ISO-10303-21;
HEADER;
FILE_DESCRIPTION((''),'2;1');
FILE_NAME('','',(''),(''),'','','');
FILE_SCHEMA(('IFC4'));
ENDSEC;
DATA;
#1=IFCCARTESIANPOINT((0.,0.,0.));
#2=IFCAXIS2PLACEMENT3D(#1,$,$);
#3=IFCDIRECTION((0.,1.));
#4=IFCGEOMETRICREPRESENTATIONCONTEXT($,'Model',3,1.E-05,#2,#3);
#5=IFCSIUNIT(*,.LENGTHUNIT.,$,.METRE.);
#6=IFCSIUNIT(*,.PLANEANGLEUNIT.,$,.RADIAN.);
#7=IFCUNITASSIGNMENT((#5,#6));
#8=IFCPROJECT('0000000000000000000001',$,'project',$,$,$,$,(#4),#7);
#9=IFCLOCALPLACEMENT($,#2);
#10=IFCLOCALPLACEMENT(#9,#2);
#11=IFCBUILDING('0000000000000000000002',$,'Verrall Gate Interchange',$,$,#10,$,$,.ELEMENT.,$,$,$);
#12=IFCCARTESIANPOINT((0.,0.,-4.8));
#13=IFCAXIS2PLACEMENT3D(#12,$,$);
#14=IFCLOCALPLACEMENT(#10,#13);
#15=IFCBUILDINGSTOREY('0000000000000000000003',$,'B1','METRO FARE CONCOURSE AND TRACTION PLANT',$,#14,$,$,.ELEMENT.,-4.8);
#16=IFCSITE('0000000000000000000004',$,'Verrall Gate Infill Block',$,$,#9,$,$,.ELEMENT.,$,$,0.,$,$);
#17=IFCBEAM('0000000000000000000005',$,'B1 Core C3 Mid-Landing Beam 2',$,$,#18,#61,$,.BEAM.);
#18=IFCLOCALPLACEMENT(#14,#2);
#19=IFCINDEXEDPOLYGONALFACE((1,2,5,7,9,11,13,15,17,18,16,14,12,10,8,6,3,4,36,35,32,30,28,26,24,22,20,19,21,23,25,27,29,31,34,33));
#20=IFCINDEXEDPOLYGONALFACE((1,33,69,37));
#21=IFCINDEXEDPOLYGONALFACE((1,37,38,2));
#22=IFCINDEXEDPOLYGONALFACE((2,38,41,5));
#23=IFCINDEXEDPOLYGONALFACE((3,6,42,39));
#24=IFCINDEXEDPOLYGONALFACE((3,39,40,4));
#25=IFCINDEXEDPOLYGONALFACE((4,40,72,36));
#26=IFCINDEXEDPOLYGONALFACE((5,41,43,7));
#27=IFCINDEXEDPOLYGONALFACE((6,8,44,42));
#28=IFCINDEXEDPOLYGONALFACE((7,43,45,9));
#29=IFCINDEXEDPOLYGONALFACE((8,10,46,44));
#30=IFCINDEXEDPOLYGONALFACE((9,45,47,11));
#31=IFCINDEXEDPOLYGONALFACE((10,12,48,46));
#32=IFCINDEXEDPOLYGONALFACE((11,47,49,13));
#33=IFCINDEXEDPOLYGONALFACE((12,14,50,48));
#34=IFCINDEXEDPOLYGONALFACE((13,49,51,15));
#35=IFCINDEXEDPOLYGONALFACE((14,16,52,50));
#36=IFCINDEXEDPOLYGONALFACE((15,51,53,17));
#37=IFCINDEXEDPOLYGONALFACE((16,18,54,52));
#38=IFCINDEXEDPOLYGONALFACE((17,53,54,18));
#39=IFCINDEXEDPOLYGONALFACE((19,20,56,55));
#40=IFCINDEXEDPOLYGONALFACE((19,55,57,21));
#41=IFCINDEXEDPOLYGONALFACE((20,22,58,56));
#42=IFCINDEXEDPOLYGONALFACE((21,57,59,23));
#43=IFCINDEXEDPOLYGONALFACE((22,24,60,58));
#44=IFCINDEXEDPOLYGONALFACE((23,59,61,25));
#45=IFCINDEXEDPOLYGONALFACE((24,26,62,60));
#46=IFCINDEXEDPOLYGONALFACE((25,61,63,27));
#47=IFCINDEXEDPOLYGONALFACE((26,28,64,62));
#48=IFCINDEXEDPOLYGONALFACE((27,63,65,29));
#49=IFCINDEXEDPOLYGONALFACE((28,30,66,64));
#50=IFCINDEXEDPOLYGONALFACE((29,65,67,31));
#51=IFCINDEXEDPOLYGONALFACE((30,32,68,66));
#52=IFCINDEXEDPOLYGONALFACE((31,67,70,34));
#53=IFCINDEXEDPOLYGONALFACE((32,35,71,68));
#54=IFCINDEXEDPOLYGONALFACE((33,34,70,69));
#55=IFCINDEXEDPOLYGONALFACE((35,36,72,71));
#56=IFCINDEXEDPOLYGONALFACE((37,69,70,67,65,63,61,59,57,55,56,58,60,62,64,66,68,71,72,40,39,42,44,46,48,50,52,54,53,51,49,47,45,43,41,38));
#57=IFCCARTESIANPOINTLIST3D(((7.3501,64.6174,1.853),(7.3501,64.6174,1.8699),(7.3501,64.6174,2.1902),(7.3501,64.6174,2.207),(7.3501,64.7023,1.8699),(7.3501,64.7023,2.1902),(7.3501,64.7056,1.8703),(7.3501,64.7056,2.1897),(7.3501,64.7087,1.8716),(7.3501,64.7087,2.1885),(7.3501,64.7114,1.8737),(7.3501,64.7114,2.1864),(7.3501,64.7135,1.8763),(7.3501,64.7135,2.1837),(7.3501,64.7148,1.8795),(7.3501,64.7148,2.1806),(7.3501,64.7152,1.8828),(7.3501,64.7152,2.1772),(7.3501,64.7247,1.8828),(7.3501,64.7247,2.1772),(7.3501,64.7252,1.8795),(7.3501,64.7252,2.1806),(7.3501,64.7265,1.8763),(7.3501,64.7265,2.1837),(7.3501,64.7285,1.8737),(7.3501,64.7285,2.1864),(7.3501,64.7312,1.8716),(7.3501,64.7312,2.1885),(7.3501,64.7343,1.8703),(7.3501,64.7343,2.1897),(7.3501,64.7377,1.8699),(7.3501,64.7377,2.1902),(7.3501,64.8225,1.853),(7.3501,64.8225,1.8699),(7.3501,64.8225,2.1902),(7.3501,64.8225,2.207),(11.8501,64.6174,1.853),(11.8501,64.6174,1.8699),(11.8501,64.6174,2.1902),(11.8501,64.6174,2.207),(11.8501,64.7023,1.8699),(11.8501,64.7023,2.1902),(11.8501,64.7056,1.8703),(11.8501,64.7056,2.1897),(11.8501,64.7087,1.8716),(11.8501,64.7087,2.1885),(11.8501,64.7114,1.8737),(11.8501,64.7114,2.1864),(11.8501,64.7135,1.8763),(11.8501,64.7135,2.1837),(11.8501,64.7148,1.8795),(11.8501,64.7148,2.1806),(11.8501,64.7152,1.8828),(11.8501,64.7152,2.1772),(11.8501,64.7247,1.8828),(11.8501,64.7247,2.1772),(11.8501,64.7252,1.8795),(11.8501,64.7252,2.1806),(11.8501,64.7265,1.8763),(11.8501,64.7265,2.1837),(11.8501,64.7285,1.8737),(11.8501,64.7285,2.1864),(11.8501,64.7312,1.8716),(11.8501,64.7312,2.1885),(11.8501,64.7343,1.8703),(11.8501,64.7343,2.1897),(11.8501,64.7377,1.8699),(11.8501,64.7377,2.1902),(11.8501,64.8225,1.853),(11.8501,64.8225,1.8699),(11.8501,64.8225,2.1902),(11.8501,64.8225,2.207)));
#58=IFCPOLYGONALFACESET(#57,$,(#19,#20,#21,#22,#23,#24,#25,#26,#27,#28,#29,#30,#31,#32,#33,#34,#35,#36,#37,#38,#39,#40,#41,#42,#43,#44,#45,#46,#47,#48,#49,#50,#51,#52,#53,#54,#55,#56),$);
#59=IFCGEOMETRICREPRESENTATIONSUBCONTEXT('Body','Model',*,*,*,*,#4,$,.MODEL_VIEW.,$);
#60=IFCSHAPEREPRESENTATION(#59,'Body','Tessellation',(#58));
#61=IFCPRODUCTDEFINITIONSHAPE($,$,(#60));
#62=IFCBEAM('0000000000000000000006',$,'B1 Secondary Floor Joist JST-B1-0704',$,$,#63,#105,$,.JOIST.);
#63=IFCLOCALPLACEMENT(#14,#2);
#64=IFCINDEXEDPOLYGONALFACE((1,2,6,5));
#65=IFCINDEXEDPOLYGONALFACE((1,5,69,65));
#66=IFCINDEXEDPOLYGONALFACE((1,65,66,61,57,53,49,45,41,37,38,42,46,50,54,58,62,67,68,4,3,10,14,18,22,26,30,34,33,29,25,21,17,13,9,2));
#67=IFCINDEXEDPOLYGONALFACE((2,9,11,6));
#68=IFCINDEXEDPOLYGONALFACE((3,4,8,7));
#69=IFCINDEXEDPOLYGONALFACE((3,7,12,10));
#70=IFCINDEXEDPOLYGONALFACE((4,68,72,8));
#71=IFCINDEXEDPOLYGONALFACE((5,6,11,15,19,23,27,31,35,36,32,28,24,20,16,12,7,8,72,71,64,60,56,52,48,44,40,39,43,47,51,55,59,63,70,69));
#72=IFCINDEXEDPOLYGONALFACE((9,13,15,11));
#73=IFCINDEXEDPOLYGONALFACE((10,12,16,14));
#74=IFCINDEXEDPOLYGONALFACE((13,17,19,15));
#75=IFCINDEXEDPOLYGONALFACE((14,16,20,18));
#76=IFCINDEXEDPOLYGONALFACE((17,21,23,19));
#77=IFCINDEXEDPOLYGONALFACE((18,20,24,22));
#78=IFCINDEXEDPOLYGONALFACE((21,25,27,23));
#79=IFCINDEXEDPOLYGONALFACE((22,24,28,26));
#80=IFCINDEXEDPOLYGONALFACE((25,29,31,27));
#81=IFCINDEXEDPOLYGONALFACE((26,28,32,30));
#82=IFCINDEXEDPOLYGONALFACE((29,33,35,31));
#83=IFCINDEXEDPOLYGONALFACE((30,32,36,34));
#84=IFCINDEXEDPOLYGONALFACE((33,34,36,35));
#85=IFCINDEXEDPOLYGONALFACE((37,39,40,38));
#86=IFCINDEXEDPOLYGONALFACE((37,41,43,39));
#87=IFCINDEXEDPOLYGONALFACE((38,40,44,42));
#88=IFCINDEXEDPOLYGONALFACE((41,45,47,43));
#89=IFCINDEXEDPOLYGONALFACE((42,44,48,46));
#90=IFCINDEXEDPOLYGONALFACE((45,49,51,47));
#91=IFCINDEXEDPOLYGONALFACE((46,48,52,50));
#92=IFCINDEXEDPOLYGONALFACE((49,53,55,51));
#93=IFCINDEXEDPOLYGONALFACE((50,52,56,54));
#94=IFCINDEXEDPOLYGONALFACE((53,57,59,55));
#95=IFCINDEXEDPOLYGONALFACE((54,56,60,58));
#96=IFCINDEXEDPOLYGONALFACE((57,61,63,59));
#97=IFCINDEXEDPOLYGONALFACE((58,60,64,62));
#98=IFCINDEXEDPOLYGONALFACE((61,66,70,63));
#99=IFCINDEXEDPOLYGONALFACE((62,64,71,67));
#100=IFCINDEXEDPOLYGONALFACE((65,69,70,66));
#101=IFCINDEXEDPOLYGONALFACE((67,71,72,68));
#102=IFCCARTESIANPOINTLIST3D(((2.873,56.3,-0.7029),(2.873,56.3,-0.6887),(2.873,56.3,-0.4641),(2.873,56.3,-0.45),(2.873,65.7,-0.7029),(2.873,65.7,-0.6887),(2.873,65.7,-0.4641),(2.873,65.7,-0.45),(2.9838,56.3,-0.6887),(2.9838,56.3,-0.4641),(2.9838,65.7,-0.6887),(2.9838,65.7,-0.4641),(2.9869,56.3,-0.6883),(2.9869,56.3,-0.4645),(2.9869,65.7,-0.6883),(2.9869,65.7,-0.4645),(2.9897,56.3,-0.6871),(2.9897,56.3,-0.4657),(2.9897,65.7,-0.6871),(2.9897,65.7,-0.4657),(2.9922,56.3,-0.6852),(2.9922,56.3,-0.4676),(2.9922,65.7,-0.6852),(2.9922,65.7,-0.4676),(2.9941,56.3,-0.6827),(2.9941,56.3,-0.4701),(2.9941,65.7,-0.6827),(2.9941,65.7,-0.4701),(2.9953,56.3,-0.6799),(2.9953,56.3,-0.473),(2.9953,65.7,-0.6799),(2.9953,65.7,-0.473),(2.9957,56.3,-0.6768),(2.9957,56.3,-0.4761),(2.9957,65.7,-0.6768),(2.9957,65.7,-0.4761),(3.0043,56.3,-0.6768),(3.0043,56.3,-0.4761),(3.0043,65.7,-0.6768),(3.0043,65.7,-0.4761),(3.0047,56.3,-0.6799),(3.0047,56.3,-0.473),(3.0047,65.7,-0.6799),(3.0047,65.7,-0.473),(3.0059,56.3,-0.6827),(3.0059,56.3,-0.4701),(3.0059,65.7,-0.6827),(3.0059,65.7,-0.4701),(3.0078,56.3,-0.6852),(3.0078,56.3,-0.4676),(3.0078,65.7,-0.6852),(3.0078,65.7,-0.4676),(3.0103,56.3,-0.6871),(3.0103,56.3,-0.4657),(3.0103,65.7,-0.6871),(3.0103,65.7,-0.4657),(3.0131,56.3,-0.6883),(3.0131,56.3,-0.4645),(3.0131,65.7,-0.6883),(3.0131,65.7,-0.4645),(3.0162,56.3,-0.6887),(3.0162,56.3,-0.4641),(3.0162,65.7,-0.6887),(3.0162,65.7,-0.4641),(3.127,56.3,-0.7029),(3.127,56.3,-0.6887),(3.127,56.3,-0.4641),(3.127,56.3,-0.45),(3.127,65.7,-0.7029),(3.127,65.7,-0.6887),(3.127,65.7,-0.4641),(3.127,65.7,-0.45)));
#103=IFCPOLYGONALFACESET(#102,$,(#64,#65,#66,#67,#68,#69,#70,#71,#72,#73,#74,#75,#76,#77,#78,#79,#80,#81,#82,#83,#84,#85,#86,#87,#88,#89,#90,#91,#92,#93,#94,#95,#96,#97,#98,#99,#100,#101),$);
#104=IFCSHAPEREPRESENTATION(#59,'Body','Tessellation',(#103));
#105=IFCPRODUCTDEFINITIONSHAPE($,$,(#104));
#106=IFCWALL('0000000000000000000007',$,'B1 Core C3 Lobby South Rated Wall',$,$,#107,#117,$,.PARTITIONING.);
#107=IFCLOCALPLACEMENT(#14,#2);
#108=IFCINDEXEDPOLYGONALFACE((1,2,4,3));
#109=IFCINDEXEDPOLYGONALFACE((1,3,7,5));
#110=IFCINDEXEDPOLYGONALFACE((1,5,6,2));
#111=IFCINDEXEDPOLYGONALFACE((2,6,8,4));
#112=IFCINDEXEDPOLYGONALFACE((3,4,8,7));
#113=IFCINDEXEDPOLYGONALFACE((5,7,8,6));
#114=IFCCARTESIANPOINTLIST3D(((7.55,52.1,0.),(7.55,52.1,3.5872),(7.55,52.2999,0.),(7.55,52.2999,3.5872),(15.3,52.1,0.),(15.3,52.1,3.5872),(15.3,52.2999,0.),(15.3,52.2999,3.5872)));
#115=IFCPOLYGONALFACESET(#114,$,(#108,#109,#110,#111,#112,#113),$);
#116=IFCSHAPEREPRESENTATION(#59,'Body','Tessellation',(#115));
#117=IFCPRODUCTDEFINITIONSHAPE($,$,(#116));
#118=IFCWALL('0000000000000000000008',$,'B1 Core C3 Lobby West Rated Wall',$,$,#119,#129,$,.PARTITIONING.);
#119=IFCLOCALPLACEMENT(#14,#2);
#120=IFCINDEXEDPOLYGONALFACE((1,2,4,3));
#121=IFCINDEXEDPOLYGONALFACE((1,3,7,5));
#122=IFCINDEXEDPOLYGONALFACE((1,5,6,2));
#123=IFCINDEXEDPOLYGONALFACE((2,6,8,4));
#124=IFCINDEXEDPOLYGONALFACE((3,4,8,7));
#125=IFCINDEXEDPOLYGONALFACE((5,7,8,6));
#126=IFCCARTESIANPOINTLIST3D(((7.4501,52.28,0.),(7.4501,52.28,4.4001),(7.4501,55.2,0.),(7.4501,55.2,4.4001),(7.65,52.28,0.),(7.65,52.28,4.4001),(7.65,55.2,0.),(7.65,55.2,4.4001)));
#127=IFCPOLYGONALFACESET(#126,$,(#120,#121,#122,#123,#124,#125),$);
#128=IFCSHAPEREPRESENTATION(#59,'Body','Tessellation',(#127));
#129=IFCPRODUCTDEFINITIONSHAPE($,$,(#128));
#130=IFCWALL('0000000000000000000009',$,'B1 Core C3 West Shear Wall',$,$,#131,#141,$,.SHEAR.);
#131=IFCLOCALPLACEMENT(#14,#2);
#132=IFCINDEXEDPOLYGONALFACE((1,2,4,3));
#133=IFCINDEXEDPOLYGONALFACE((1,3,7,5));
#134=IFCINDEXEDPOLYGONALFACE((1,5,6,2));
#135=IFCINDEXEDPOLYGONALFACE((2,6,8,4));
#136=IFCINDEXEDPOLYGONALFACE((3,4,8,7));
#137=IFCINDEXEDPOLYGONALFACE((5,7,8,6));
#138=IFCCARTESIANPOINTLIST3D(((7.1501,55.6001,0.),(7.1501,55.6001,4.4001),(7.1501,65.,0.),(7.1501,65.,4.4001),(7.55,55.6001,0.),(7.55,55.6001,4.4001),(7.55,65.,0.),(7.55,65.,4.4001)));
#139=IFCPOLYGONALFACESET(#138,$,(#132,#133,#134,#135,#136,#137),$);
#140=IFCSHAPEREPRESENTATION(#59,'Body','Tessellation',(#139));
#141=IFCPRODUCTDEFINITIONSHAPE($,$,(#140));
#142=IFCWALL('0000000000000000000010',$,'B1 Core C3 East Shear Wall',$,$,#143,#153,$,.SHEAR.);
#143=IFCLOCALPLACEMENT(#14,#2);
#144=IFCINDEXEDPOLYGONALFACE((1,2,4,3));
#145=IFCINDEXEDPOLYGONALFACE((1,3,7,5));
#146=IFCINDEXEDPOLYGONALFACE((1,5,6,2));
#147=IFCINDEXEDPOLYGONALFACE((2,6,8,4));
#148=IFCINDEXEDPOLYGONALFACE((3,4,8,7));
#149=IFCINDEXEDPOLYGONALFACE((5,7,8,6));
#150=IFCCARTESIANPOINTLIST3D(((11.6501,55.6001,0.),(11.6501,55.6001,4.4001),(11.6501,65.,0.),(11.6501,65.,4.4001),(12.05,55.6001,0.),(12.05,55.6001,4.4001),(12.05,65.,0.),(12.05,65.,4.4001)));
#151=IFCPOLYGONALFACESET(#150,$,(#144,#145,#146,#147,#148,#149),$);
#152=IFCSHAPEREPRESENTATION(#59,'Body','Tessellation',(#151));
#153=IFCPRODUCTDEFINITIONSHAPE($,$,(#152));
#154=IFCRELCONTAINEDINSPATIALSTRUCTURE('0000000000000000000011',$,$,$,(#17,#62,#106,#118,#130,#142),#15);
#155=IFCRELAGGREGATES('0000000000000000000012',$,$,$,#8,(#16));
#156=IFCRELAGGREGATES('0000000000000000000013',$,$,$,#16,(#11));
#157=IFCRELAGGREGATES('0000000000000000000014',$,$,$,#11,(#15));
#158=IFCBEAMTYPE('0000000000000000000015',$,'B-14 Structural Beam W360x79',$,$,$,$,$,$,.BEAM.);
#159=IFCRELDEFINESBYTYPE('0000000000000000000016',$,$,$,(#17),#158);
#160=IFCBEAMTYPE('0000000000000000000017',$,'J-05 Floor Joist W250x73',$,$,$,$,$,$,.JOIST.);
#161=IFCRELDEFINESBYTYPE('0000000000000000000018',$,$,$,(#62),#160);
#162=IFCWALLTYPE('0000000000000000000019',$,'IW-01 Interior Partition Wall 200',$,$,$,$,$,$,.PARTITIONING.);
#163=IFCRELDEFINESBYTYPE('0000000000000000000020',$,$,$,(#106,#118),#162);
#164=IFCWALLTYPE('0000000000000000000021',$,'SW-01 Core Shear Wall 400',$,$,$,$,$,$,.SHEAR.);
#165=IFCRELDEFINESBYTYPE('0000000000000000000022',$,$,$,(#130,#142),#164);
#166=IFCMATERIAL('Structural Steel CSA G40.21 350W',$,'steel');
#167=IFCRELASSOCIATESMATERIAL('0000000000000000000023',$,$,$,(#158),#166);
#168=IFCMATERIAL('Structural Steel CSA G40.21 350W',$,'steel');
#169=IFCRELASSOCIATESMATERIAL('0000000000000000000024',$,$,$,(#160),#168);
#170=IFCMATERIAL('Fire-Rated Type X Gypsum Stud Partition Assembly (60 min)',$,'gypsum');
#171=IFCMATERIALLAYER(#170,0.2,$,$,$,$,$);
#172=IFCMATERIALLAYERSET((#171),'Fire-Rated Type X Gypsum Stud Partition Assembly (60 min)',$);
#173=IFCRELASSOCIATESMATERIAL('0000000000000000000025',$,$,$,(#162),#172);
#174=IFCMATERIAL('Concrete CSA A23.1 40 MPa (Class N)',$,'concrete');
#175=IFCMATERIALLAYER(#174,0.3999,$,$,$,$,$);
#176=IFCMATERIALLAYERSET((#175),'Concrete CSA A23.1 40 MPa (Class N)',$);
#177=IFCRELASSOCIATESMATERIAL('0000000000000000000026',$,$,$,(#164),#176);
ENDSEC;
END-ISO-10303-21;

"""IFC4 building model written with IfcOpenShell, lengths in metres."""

from ifc_helpers import new_model, si_unit, direction, frame, frame_2d, origin, origin_2d, place, context, subcontext, project, spatial, rectangle, i_section, extrude, material, layer, layer_set, material_profile, profile_set, type_object, element, save


model = new_model("IFC4")

# Units and contexts
model_context = context("Model", 3, precision=1e-05, world=origin(), true_north=direction((0.0, 1.0)))
body_context = subcontext(model_context, "Body", "Model", "MODEL_VIEW")
ifc_project = project(units=[si_unit("LENGTHUNIT", "METRE"), si_unit("PLANEANGLEUNIT", "RADIAN")], contexts=[model_context])

# Site, building, storey
site_placement = place(None, origin())
site = spatial("IfcSite", under=ifc_project, at=site_placement, Name="Verrall Gate Infill Block", CompositionType="ELEMENT", RefElevation=0.0)
building_placement = place(site_placement, origin())
building = spatial("IfcBuilding", under=site, at=building_placement, Name="Verrall Gate Interchange", CompositionType="ELEMENT")
storey_placement = place(building_placement, frame((0.0, 0.0, -4.8)))
storey = spatial("IfcBuildingStorey", under=building, at=storey_placement, Name="B1", Description="METRO FARE CONCOURSE AND TRACTION PLANT", CompositionType="ELEMENT", Elevation=-4.8)

# Beams
ifc_material_1 = material(Name="Structural Steel CSA G40.21 350W", Category="steel")
ifc_material_profile_1 = material_profile(ifc_material_1, i_section(OverallWidth=0.2051, OverallDepth=0.354, WebThickness=0.0095, FlangeThickness=0.0168, FilletRadius=0.0129, at=origin_2d()), Name="W360x79")
ifc_profile_set_1 = profile_set([ifc_material_profile_1], Name="Structural Steel CSA G40.21 350W")
beam_type_1 = type_object("IfcBeamType", Name="B-14 Structural Beam W360x79", PredefinedType="BEAM", material=ifc_profile_set_1)
for number, where, z_axis, x_axis, name in (
    (1, (7.3501, 64.72, 2.03), (1.0, 0.0, 0.0), (0.0, 1.0, 0.0), "B1 Core C3 Mid-Landing Beam 2"),
):
    element("IfcBeam", number, at=place(storey_placement, frame(where, z_axis=z_axis, x_axis=x_axis)), inside=storey, type_object=beam_type_1, Name=name, PredefinedType="BEAM", context=body_context, shape_type="SweptSolid", body=[
        extrude(i_section(OverallWidth=0.2051, OverallDepth=0.354, WebThickness=0.0095, FlangeThickness=0.0168, FilletRadius=0.0129, at=origin_2d()), origin(), (0.0, 0.0, 1.0), 4.5),
    ])
ifc_material_2 = material(Name="Structural Steel CSA G40.21 350W", Category="steel")
ifc_material_profile_2 = material_profile(ifc_material_2, i_section(OverallWidth=0.2539, OverallDepth=0.2529, WebThickness=0.0085, FlangeThickness=0.0142, FilletRadius=0.012, at=origin_2d()), Name="W250x73")
ifc_profile_set_2 = profile_set([ifc_material_profile_2], Name="Structural Steel CSA G40.21 350W")
beam_type_2 = type_object("IfcBeamType", Name="J-05 Floor Joist W250x73", PredefinedType="JOIST", material=ifc_profile_set_2)
beam_1_placement = place(storey_placement, frame((3.0, 56.3, -0.5764), z_axis=(0.0, 1.0, 0.0), x_axis=(-1.0, 0.0, 0.0)))
element("IfcBeam", 2, at=beam_1_placement, inside=storey, type_object=beam_type_2, Name="B1 Secondary Floor Joist JST-B1-0704", PredefinedType="JOIST", context=body_context, shape_type="SweptSolid", body=[
    extrude(i_section(OverallWidth=0.2539, OverallDepth=0.2529, WebThickness=0.0085, FlangeThickness=0.0142, FilletRadius=0.012, at=origin_2d()), origin(), (0.0, 0.0, 1.0), 9.3999),
])

# Walls
ifc_material_3 = material(Name="Fire-Rated Type X Gypsum Stud Partition Assembly (60 min)", Category="gypsum")
ifc_layer_1 = layer(ifc_material_3, 0.2)
ifc_layer_set_1 = layer_set([ifc_layer_1], Name="Fire-Rated Type X Gypsum Stud Partition Assembly (60 min)")
wall_type_1 = type_object("IfcWallType", Name="IW-01 Interior Partition Wall 200", PredefinedType="PARTITIONING", material=ifc_layer_set_1)
wall_1_placement = place(storey_placement, frame((7.55, 52.2, 0.0), z_axis=(0.0, 0.0, 1.0), x_axis=(1.0, 0.0, 0.0)))
element("IfcWall", 3, at=wall_1_placement, inside=storey, type_object=wall_type_1, Name="B1 Core C3 Lobby South Rated Wall", PredefinedType="PARTITIONING", context=body_context, shape_type="SweptSolid", body=[
    extrude(rectangle(XDim=7.75, YDim=0.2, at=frame_2d((3.875, 0.0))), origin(), (0.0, 0.0, 1.0), 3.5872),
])
wall_2_placement = place(storey_placement, frame((7.55, 55.2, 0.0), z_axis=(0.0, 0.0, 1.0), x_axis=(0.0, -1.0, 0.0)))
element("IfcWall", 4, at=wall_2_placement, inside=storey, type_object=wall_type_1, Name="B1 Core C3 Lobby West Rated Wall", PredefinedType="PARTITIONING", context=body_context, shape_type="SweptSolid", body=[
    extrude(rectangle(XDim=2.9199, YDim=0.2, at=frame_2d((1.46, 0.0))), origin(), (0.0, 0.0, 1.0), 4.4001),
])

# Shared definitions
ifc_material_4 = material(Name="Concrete CSA A23.1 40 MPa (Class N)", Category="concrete")
ifc_layer_2 = layer(ifc_material_4, 0.3999)
ifc_layer_set_2 = layer_set([ifc_layer_2], Name="Concrete CSA A23.1 40 MPa (Class N)")
wall_type_2 = type_object("IfcWallType", Name="SW-01 Core Shear Wall 400", PredefinedType="SHEAR", material=ifc_layer_set_2)

# Walls
for number, where, z_axis, x_axis, name in (
    (5, (7.3501, 65.0, 0.0), (0.0, 0.0, 1.0), (0.0, -1.0, 0.0), "B1 Core C3 West Shear Wall"),
    (6, (11.8501, 55.6001, 0.0), (0.0, 0.0, 1.0), (0.0, 1.0, 0.0), "B1 Core C3 East Shear Wall"),
):
    element("IfcWall", number, at=place(storey_placement, frame(where, z_axis=z_axis, x_axis=x_axis)), inside=storey, type_object=wall_type_2, Name=name, PredefinedType="SHEAR", context=body_context, shape_type="SweptSolid", body=[
        extrude(rectangle(XDim=9.3999, YDim=0.3999, at=frame_2d((4.7, 0.0))), origin(), (0.0, 0.0, 1.0), 4.4001),
    ])

save(model, "model.ifc")
